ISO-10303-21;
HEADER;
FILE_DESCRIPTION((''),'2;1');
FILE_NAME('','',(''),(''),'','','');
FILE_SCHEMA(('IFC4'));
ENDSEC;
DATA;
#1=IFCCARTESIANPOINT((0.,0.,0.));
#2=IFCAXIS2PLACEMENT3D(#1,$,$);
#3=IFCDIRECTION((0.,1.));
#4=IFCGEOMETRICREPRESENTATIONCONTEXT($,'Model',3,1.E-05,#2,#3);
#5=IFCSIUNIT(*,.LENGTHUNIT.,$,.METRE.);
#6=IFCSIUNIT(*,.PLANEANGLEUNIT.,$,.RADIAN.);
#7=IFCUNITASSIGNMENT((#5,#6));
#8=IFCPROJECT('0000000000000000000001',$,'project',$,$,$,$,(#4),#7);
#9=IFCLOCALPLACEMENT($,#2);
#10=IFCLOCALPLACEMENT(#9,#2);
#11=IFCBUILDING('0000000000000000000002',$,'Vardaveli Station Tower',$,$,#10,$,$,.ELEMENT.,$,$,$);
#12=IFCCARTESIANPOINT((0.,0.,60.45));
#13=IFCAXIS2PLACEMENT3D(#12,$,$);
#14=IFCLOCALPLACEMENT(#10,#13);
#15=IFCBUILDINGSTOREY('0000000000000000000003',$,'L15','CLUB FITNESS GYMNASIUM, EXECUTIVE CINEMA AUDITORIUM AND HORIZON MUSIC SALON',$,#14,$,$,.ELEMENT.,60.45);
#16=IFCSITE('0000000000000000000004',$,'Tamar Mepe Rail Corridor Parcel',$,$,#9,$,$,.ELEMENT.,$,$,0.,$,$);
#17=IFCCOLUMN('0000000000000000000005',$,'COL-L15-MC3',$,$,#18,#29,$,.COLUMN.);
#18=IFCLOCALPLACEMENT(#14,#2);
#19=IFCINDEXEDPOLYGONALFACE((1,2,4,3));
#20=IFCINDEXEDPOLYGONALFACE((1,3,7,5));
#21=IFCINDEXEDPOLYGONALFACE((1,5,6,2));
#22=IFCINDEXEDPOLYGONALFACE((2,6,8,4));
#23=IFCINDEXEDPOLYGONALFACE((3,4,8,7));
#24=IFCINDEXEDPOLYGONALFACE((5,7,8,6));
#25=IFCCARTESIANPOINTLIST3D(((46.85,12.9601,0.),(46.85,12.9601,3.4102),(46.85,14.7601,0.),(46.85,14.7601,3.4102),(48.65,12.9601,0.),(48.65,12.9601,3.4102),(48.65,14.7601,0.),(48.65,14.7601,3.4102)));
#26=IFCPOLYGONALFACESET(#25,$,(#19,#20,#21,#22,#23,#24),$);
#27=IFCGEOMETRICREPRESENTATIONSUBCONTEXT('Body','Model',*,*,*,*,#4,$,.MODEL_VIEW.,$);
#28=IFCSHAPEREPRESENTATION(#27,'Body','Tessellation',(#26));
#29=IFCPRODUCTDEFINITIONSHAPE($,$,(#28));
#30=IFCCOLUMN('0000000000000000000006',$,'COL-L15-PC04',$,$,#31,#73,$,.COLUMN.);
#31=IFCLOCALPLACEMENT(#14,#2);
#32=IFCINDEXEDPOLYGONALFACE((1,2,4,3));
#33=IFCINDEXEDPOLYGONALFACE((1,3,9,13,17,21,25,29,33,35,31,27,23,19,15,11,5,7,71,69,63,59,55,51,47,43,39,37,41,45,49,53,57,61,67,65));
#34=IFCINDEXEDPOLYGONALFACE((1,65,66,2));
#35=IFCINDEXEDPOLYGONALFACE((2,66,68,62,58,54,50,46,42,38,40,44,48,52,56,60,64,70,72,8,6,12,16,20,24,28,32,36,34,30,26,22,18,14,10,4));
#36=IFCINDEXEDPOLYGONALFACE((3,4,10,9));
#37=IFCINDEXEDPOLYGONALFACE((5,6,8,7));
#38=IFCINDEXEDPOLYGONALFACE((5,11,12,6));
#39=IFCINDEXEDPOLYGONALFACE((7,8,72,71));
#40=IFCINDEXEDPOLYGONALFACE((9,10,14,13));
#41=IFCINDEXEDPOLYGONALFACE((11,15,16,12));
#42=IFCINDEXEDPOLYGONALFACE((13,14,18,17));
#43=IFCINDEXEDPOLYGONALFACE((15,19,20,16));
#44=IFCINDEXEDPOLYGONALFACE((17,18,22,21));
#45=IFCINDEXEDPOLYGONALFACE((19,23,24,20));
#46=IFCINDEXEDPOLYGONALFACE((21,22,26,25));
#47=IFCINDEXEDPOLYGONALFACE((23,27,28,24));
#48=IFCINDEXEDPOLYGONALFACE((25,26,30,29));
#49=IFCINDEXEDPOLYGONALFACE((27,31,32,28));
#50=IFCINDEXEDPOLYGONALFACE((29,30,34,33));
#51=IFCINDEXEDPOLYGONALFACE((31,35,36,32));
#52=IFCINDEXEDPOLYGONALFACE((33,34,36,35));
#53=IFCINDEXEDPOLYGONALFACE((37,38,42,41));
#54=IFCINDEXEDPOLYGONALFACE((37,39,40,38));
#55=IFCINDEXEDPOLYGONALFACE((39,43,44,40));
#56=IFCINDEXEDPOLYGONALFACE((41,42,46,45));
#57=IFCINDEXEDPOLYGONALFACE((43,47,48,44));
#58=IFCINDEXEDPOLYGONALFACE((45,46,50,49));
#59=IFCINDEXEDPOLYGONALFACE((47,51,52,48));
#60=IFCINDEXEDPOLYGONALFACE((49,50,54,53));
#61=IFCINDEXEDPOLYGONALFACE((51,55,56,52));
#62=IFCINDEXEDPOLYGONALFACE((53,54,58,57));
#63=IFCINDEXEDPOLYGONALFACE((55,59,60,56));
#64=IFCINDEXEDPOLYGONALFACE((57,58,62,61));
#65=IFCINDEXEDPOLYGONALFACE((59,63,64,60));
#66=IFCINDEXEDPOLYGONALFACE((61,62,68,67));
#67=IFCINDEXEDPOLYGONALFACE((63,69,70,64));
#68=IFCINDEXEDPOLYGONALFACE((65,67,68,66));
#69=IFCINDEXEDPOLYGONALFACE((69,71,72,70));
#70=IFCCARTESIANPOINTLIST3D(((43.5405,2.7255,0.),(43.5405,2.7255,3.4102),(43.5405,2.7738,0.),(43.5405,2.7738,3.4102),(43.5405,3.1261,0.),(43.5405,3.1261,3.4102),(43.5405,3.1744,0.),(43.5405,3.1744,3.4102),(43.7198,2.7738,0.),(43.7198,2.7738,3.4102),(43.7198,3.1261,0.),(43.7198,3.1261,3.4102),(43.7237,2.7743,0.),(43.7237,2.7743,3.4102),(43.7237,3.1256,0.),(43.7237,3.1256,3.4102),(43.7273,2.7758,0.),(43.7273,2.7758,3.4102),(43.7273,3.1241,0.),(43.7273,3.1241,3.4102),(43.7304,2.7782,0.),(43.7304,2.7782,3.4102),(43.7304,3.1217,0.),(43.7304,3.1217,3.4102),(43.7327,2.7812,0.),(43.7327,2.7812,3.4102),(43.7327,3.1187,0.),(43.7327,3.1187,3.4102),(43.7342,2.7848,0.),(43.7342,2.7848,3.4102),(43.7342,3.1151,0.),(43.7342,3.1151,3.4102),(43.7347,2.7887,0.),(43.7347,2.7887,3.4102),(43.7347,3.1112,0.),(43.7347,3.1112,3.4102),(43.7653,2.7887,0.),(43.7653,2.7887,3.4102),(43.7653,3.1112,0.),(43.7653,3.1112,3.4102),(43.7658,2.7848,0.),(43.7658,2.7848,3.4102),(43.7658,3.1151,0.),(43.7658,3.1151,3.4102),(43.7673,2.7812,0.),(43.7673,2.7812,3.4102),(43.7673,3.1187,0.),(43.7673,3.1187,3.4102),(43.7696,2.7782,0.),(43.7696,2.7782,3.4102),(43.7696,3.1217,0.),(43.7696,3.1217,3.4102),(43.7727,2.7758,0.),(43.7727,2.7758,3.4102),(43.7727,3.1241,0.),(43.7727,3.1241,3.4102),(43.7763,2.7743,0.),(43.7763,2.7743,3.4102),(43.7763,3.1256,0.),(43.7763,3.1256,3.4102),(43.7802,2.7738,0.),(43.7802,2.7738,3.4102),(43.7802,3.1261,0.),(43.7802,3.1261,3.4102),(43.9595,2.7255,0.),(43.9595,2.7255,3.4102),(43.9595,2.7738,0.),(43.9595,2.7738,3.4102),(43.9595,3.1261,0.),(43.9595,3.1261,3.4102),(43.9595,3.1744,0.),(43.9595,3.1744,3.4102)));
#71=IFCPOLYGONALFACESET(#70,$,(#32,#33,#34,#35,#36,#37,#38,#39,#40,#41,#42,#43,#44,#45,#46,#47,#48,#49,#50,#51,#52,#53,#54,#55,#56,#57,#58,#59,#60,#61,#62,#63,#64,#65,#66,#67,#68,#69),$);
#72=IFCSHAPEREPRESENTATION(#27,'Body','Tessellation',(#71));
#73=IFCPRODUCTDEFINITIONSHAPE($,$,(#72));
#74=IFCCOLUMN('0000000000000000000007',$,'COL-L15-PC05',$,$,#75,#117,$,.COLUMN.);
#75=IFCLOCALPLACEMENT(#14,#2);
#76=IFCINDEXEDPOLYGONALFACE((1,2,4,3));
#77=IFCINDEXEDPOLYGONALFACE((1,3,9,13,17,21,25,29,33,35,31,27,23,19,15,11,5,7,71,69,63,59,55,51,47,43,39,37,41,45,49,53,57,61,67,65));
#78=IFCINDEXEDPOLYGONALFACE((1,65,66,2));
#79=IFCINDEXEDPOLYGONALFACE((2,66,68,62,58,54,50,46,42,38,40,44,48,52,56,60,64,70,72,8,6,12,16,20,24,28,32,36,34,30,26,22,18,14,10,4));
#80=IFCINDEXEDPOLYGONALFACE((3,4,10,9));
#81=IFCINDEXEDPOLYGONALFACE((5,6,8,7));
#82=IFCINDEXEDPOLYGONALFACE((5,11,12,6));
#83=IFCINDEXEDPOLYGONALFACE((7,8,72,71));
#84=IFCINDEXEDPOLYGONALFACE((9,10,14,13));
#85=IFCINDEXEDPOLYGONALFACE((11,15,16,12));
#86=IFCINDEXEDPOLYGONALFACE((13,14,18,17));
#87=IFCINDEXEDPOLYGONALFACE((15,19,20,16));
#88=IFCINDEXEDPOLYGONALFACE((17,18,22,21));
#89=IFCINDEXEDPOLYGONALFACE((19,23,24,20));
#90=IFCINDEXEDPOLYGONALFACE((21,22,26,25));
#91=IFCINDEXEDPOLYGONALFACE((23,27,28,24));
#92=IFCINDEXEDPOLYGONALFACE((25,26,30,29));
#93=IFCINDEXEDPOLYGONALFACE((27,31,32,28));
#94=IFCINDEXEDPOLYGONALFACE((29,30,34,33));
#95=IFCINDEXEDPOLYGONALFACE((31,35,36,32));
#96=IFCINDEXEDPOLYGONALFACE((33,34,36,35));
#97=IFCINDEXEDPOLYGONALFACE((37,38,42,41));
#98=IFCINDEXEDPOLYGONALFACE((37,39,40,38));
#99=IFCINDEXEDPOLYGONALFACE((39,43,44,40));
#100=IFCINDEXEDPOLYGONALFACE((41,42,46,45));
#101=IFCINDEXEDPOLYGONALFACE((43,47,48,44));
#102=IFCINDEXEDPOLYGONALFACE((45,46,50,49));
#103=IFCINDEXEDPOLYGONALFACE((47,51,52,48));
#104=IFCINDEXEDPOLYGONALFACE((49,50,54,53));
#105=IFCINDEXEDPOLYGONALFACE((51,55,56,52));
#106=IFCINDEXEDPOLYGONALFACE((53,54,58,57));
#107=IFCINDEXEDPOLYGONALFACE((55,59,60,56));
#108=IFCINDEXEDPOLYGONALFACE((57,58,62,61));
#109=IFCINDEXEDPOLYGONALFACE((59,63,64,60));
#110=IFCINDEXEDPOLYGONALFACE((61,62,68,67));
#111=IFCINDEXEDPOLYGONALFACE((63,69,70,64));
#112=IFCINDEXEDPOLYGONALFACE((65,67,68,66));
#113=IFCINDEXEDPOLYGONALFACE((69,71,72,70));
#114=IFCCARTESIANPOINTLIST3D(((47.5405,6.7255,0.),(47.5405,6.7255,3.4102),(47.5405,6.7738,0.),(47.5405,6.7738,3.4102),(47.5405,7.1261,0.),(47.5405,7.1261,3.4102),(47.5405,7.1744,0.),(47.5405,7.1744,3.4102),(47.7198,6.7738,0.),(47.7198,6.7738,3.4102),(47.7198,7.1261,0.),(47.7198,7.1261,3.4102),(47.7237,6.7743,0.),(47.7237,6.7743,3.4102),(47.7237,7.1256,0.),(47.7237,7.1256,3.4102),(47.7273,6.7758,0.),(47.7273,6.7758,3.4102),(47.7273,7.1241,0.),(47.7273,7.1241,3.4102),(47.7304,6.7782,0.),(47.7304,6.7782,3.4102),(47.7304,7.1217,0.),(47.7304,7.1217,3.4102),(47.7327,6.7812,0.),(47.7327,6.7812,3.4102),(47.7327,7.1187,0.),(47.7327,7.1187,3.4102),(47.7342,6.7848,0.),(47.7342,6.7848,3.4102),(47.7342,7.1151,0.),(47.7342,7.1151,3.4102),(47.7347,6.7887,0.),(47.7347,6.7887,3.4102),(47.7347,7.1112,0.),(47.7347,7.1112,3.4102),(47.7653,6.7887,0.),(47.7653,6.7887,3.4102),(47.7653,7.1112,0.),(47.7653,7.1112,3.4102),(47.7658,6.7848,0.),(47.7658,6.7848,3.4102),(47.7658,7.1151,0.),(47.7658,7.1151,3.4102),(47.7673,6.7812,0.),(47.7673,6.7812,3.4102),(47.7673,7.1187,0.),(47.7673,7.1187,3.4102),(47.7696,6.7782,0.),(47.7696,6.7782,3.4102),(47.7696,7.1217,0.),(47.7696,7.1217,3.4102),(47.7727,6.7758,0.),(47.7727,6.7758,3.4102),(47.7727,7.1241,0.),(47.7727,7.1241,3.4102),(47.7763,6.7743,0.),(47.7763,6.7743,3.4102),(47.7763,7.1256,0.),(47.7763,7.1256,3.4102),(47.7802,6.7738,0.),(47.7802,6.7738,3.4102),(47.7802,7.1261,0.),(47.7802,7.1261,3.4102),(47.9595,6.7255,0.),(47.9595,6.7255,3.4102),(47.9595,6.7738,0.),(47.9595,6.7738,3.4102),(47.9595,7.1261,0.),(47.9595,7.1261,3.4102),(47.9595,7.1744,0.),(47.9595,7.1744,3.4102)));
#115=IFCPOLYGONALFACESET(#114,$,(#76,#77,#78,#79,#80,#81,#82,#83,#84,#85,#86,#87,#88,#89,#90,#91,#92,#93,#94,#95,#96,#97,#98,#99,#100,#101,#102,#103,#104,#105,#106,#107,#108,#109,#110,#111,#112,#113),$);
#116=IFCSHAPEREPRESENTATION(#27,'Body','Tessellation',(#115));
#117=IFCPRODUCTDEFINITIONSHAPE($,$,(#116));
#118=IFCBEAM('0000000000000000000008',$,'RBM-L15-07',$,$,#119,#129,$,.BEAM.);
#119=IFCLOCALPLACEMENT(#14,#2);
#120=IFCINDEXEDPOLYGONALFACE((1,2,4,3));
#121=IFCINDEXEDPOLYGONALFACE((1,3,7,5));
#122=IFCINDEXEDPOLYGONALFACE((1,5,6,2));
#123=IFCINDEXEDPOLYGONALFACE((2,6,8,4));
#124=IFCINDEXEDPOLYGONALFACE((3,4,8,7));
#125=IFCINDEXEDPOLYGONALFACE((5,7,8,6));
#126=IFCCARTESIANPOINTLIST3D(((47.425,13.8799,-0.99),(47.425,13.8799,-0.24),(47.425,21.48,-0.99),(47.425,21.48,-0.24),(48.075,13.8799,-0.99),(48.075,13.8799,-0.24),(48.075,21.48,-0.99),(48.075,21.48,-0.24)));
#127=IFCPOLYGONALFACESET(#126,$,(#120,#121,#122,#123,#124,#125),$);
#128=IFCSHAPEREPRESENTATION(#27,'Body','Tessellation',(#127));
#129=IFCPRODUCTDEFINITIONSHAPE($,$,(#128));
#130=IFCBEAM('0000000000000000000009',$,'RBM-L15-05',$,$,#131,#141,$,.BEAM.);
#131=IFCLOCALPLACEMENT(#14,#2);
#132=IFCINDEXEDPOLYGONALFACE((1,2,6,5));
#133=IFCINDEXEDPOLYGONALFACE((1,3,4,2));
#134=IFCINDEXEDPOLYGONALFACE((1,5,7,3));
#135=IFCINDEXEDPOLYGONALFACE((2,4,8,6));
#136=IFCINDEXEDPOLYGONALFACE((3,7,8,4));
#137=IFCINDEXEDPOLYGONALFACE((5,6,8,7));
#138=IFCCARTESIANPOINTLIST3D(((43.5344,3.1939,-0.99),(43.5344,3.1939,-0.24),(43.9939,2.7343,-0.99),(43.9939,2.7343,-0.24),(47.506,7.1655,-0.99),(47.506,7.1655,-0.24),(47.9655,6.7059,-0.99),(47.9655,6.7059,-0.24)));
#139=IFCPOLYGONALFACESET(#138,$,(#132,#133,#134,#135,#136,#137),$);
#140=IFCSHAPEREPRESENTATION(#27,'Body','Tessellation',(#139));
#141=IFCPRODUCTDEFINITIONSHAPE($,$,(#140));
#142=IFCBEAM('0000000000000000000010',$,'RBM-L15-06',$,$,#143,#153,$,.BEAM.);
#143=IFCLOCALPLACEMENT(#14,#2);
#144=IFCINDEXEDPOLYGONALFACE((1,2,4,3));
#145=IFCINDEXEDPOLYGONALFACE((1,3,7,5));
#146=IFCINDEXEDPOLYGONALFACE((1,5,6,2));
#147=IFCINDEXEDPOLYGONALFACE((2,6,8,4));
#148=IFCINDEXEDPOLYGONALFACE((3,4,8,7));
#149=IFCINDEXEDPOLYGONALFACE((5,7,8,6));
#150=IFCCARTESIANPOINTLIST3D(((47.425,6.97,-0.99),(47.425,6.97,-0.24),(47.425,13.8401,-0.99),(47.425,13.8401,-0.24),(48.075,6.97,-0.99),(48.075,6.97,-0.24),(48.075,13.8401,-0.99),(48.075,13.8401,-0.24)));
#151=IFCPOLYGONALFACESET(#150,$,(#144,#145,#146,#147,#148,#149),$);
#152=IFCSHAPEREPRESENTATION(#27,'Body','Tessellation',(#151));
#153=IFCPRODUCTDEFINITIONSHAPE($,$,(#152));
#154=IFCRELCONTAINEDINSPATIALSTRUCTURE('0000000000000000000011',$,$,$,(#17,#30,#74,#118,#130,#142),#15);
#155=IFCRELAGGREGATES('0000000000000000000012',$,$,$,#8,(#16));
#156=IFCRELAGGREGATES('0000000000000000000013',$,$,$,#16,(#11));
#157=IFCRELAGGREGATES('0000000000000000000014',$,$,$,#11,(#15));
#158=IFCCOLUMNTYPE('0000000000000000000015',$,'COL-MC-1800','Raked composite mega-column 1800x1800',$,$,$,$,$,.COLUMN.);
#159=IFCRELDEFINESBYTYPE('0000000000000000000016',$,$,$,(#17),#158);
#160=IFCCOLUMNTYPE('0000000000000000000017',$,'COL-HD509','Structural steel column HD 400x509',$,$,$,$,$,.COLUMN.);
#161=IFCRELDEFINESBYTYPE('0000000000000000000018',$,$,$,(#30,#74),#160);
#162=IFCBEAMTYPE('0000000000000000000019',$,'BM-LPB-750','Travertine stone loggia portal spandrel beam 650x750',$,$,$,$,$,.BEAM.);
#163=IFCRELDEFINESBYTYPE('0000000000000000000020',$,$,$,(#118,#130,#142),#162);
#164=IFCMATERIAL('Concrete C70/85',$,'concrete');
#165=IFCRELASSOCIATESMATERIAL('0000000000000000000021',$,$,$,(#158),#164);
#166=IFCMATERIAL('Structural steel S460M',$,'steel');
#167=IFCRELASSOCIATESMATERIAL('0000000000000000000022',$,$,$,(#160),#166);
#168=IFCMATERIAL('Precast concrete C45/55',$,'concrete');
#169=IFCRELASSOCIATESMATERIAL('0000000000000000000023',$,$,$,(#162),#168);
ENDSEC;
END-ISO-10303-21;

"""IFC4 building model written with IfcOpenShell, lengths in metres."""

from ifc_helpers import new_model, si_unit, direction, frame, origin, origin_2d, place, context, subcontext, project, spatial, rectangle, i_section, extrude, source, transform, mapped, material, material_profile, profile_set, type_object, element, save


model = new_model("IFC4")

# Units and contexts
model_context = context("Model", 3, precision=1e-05, world=origin(), true_north=direction((0.0, 1.0)))
body_context = subcontext(model_context, "Body", "Model", "MODEL_VIEW")
ifc_project = project(units=[si_unit("LENGTHUNIT", "METRE"), si_unit("PLANEANGLEUNIT", "RADIAN")], contexts=[model_context])

# Site, building, storey
site_placement = place(None, origin())
site = spatial("IfcSite", under=ifc_project, at=site_placement, Name="Tamar Mepe Rail Corridor Parcel", CompositionType="ELEMENT", RefElevation=0.0)
building_placement = place(site_placement, origin())
building = spatial("IfcBuilding", under=site, at=building_placement, Name="Vardaveli Station Tower", CompositionType="ELEMENT")
storey_placement = place(building_placement, frame((0.0, 0.0, 60.45)))
storey = spatial("IfcBuildingStorey", under=building, at=storey_placement, Name="L15", Description="CLUB FITNESS GYMNASIUM, EXECUTIVE CINEMA AUDITORIUM AND HORIZON MUSIC SALON", CompositionType="ELEMENT", Elevation=60.45)

# Columns
ifc_material_1 = material(Name="Concrete C70/85", Category="concrete")
ifc_material_profile_1 = material_profile(ifc_material_1, rectangle(XDim=1.8, YDim=1.8, at=origin_2d()), Name="MC 1800x1800")
ifc_profile_set_1 = profile_set([ifc_material_profile_1], Name="Concrete C70/85")
column_type_1 = type_object("IfcColumnType", Name="COL-MC-1800", Description="Raked composite mega-column 1800x1800", PredefinedType="COLUMN", material=ifc_profile_set_1)
shared_shape_1 = source(origin(), body_context, "Body", "SweptSolid", [
    extrude(rectangle(XDim=1.8, YDim=1.8, at=origin_2d()), origin(), (0.0, 0.0, 1.0), 3.4102),
])
column_placement = place(storey_placement, frame((47.75, 13.8601, 0.0), z_axis=(0.0, 0.0, 1.0), x_axis=(1.0, 0.0, 0.0)))
element("IfcColumn", 1, at=column_placement, inside=storey, type_object=column_type_1, Name="COL-L15-MC3", PredefinedType="COLUMN", context=body_context, shape_type="MappedRepresentation", body=[
    mapped(shared_shape_1, transform((0.0, 0.0, 0.0), scale=1.0)),
])
ifc_material_2 = material(Name="Structural steel S460M", Category="steel")
ifc_material_profile_2 = material_profile(ifc_material_2, i_section(OverallWidth=0.4189, OverallDepth=0.449, WebThickness=0.0305, FlangeThickness=0.0483, FilletRadius=0.0149, at=origin_2d()), Name="HD 400x509")
ifc_profile_set_2 = profile_set([ifc_material_profile_2], Name="Structural steel S460M")
column_type_2 = type_object("IfcColumnType", Name="COL-HD509", Description="Structural steel column HD 400x509", PredefinedType="COLUMN", material=ifc_profile_set_2)
shared_shape_2 = source(origin(), body_context, "Body", "SweptSolid", [
    extrude(i_section(OverallWidth=0.4189, OverallDepth=0.449, WebThickness=0.0305, FlangeThickness=0.0483, FilletRadius=0.0149, at=origin_2d()), origin(), (0.0, 0.0, 1.0), 3.4102),
])
for number, where, z_axis, x_axis, name in (
    (2, (43.75, 2.95, 0.0), (0.0, 0.0, 1.0), (1.0, 0.0, 0.0), "COL-L15-PC04"),
    (3, (47.75, 6.95, 0.0), (0.0, 0.0, 1.0), (1.0, 0.0, 0.0), "COL-L15-PC05"),
):
    element("IfcColumn", number, at=place(storey_placement, frame(where, z_axis=z_axis, x_axis=x_axis)), inside=storey, type_object=column_type_2, Name=name, PredefinedType="COLUMN", context=body_context, shape_type="MappedRepresentation", body=[
        mapped(shared_shape_2, transform((0.0, 0.0, 0.0), scale=1.0)),
    ])

# Beams
ifc_material_3 = material(Name="Precast concrete C45/55", Category="concrete")
ifc_material_profile_3 = material_profile(ifc_material_3, rectangle(XDim=0.6499, YDim=0.75, at=origin_2d()), Name="LPB 650x750")
ifc_profile_set_3 = profile_set([ifc_material_profile_3], Name="Precast concrete C45/55")
beam_type_1 = type_object("IfcBeamType", Name="BM-LPB-750", Description="Travertine stone loggia portal spandrel beam 650x750", PredefinedType="BEAM", material=ifc_profile_set_3)
shared_shape_3 = source(origin(), body_context, "Body", "SweptSolid", [
    extrude(rectangle(XDim=0.6499, YDim=0.75, at=origin_2d()), origin(), (0.0, 0.0, 1.0), 7.6001),
])
beam_1_placement = place(storey_placement, frame((47.75, 13.8799, -0.615), z_axis=(0.0, 1.0, 0.0), x_axis=(-1.0, 0.0, 0.0)))
element("IfcBeam", 4, at=beam_1_placement, inside=storey, type_object=beam_type_1, Name="RBM-L15-07", PredefinedType="BEAM", context=body_context, shape_type="MappedRepresentation", body=[
    mapped(shared_shape_3, transform((0.0, 0.0, 0.0), scale=1.0)),
])
shared_shape_4 = source(origin(), body_context, "Body", "SweptSolid", [
    extrude(rectangle(XDim=0.6499, YDim=0.75, at=origin_2d()), origin(), (0.0, 0.0, 1.0), 5.6167),
])
beam_2_placement = place(storey_placement, frame((43.7642, 2.9641, -0.615), z_axis=(0.707107, 0.707107, 0.0), x_axis=(-0.707107, 0.707107, 0.0)))
element("IfcBeam", 5, at=beam_2_placement, inside=storey, type_object=beam_type_1, Name="RBM-L15-05", PredefinedType="BEAM", context=body_context, shape_type="MappedRepresentation", body=[
    mapped(shared_shape_4, transform((0.0, 0.0, 0.0), scale=1.0)),
])
shared_shape_5 = source(origin(), body_context, "Body", "SweptSolid", [
    extrude(rectangle(XDim=0.6499, YDim=0.75, at=origin_2d()), origin(), (0.0, 0.0, 1.0), 6.8701),
])
beam_3_placement = place(storey_placement, frame((47.75, 6.97, -0.615), z_axis=(0.0, 1.0, 0.0), x_axis=(-1.0, 0.0, 0.0)))
element("IfcBeam", 6, at=beam_3_placement, inside=storey, type_object=beam_type_1, Name="RBM-L15-06", PredefinedType="BEAM", context=body_context, shape_type="MappedRepresentation", body=[
    mapped(shared_shape_5, transform((0.0, 0.0, 0.0), scale=1.0)),
])

save(model, "model.ifc")
